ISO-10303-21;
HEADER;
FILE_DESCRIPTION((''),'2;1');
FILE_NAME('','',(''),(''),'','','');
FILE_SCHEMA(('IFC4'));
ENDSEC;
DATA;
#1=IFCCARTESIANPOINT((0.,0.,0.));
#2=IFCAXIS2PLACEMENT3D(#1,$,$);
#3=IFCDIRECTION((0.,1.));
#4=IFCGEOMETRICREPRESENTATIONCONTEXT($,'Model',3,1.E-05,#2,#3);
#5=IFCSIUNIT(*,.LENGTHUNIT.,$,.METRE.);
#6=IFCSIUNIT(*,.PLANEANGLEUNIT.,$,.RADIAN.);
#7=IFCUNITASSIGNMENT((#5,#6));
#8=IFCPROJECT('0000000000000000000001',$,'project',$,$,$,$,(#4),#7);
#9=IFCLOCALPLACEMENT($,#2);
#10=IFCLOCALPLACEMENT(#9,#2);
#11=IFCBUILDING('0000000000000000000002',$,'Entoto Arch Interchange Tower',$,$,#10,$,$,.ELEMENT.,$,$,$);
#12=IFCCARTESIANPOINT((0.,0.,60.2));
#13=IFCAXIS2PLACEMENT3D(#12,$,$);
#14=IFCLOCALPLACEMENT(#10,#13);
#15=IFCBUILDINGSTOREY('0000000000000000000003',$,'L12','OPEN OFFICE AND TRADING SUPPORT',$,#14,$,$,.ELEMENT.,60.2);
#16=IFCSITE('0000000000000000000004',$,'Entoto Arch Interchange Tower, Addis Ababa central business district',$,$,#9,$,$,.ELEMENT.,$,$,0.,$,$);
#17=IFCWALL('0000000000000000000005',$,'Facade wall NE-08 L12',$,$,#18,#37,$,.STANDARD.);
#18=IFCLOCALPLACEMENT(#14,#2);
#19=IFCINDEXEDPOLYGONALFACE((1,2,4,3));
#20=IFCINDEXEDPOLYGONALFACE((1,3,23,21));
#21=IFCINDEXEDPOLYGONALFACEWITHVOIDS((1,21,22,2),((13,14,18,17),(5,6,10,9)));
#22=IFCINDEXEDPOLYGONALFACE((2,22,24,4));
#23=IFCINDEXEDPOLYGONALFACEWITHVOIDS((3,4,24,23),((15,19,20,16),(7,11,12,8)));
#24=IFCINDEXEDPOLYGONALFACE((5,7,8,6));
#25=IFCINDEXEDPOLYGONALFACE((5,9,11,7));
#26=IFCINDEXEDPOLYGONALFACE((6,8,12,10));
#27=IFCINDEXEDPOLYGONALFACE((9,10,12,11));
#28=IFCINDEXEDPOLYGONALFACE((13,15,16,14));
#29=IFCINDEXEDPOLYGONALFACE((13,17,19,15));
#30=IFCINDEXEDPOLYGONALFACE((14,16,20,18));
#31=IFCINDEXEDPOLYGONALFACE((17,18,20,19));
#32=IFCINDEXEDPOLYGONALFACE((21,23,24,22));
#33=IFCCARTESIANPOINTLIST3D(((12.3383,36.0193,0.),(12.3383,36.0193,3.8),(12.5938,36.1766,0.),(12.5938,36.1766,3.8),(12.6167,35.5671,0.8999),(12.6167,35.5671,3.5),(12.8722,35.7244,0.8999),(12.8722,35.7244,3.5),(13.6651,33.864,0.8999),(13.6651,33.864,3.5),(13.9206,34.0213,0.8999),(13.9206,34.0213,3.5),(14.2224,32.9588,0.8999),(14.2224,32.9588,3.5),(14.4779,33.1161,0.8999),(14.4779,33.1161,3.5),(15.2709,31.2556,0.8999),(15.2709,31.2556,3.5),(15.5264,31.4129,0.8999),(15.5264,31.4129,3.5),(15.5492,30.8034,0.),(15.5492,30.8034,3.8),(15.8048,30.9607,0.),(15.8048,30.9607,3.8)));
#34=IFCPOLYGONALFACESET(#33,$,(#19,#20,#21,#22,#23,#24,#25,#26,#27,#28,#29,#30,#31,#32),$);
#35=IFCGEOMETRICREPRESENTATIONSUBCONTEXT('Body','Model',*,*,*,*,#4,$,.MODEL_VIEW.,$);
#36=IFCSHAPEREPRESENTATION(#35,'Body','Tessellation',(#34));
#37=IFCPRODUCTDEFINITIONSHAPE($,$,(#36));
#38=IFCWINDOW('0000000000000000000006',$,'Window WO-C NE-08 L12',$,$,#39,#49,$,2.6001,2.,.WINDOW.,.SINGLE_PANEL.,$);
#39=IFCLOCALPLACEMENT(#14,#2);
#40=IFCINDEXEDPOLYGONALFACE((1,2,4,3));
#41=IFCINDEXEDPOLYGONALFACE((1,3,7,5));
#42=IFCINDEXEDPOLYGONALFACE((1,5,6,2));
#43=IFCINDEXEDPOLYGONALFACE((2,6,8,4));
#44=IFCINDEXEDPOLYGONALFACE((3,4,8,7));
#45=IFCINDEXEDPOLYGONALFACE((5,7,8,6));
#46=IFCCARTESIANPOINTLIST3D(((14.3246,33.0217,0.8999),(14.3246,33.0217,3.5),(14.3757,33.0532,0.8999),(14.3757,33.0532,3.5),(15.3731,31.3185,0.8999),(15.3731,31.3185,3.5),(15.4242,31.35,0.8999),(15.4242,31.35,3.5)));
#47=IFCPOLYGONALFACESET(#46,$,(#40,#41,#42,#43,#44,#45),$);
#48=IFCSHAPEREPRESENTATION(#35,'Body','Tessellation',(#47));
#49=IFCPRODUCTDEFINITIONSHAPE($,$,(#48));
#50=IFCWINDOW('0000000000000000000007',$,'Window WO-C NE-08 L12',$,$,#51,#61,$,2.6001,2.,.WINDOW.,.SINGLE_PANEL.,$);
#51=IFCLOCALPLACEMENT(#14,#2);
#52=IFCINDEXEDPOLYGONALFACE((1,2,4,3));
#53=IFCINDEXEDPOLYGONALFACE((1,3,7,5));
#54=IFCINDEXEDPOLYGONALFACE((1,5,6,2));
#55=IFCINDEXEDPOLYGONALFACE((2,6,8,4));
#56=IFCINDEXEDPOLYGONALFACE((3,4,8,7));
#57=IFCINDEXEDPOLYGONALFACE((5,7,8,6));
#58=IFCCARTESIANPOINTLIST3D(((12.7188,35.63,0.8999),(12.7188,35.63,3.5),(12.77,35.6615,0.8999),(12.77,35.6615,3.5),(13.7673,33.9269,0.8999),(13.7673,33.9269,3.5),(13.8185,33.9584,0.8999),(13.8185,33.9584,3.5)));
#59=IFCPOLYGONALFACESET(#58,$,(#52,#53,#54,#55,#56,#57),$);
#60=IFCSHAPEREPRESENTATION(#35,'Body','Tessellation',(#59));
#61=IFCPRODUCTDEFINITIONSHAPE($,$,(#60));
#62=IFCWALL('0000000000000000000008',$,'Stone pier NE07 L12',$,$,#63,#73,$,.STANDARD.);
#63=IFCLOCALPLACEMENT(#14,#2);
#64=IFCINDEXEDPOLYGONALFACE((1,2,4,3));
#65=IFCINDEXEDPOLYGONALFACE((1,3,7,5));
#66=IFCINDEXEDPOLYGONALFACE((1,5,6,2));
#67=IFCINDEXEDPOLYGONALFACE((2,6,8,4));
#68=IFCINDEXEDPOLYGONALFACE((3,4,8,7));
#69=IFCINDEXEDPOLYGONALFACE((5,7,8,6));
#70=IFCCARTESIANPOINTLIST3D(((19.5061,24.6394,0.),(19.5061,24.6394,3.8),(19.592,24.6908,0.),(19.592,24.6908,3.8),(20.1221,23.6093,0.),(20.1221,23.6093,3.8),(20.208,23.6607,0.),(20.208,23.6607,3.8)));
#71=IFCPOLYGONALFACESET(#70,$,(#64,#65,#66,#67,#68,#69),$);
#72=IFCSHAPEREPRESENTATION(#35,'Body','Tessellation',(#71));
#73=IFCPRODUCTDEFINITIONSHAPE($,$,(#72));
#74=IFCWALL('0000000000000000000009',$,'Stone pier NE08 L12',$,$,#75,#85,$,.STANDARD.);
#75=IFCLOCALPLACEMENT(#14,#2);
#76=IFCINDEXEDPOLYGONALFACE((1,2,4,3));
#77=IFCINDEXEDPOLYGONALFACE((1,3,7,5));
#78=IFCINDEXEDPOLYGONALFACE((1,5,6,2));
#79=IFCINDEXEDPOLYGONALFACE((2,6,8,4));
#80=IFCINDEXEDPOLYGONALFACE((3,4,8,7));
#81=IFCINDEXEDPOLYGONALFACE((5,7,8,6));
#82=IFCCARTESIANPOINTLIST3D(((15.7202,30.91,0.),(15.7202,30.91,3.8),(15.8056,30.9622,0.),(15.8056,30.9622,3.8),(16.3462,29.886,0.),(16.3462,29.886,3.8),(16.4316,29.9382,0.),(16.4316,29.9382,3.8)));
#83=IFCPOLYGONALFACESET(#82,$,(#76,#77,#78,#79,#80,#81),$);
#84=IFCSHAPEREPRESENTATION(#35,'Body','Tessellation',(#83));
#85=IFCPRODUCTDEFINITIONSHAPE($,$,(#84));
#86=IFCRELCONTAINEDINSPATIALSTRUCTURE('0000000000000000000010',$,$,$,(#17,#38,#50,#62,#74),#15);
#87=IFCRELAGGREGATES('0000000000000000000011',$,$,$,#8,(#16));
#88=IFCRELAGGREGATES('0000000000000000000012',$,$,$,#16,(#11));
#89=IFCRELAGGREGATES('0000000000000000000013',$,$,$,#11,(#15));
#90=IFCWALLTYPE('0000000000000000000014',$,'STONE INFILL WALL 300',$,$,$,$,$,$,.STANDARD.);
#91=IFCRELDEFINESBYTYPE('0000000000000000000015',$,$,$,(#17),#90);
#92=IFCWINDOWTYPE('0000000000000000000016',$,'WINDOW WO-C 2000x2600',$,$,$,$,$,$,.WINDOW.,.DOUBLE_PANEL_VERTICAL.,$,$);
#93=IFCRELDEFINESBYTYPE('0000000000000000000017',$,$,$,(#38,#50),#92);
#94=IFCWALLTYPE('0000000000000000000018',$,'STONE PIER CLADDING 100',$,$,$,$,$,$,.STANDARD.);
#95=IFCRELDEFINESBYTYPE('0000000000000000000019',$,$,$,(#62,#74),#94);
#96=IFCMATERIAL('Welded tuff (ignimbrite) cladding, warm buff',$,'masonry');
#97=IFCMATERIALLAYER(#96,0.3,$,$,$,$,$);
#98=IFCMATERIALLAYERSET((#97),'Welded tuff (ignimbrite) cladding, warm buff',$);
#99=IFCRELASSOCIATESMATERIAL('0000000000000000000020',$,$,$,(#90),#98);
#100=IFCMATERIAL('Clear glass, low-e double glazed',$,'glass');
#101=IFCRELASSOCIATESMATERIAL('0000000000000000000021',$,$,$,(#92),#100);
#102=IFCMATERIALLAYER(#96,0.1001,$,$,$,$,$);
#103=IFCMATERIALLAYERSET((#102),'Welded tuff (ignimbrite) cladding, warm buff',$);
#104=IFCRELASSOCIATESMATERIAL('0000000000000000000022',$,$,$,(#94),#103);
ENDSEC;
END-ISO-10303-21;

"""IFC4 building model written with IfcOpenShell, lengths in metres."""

from ifc_helpers import new_model, si_unit, direction, frame, frame_2d, origin, place, context, subcontext, project, spatial, rectangle, extrude, material, layer, layer_set, type_object, element, fill, save


model = new_model("IFC4")

# Units and contexts
model_context = context("Model", 3, precision=1e-05, world=origin(), true_north=direction((0.0, 1.0)))
body_context = subcontext(model_context, "Body", "Model", "MODEL_VIEW")
ifc_project = project(units=[si_unit("LENGTHUNIT", "METRE"), si_unit("PLANEANGLEUNIT", "RADIAN")], contexts=[model_context])

# Site, building, storey
site_placement = place(None, origin())
site = spatial("IfcSite", under=ifc_project, at=site_placement, Name="Entoto Arch Interchange Tower, Addis Ababa central business district", CompositionType="ELEMENT", RefElevation=0.0)
building_placement = place(site_placement, origin())
building = spatial("IfcBuilding", under=site, at=building_placement, Name="Entoto Arch Interchange Tower", CompositionType="ELEMENT")
storey_placement = place(building_placement, frame((0.0, 0.0, 60.2)))
storey = spatial("IfcBuildingStorey", under=building, at=storey_placement, Name="L12", Description="OPEN OFFICE AND TRADING SUPPORT", CompositionType="ELEMENT", Elevation=60.2)

# Shared definitions
ifc_material_1 = material(Name="Welded tuff (ignimbrite) cladding, warm buff", Category="masonry")
ifc_layer_1 = layer(ifc_material_1, 0.3)
ifc_layer_set_1 = layer_set([ifc_layer_1], Name="Welded tuff (ignimbrite) cladding, warm buff")
wall_type_1 = type_object("IfcWallType", Name="STONE INFILL WALL 300", PredefinedType="STANDARD", material=ifc_layer_set_1)
ifc_material_2 = material(Name="Clear glass, low-e double glazed", Category="glass")
window_type = type_object("IfcWindowType", Name="WINDOW WO-C 2000x2600", PartitioningType="DOUBLE_PANEL_VERTICAL", PredefinedType="WINDOW", material=ifc_material_2)

# Wall, openings, windows
wall_1_placement = place(storey_placement, frame((15.677, 30.8821, 0.0), z_axis=(0.0, 0.0, 1.0), x_axis=(-0.52424, 0.851571, 0.0)))
wall_1 = element("IfcWall", 1, at=wall_1_placement, inside=storey, type_object=wall_type_1, Name="Facade wall NE-08 L12", PredefinedType="STANDARD", context=body_context, shape_type="SweptSolid", body=[
    extrude(rectangle(XDim=6.125, YDim=0.3, at=frame_2d((3.0625, 0.0))), origin(), (0.0, 0.0, 1.0), 3.8),
])
opening_1_placement = place(wall_1_placement, frame((0.531, 0.0, 0.8999)))
opening_1 = element("IfcOpeningElement", 2, at=opening_1_placement, cuts=wall_1, PredefinedType="OPENING", context=body_context, shape_type="SweptSolid", body=[
    extrude(rectangle(XDim=2.0, YDim=2.6001, at=frame_2d((1.0, 1.3))), frame((0.0, 0.1602, 0.0), z_axis=(0.0, -1.0, 0.0), x_axis=(1.0, 0.0, 0.0)), (0.0, 0.0, 1.0), 0.3201),
])
opening_2_placement = place(wall_1_placement, frame((3.594, 0.0, 0.8999)))
opening_2 = element("IfcOpeningElement", 3, at=opening_2_placement, cuts=wall_1, PredefinedType="OPENING", context=body_context, shape_type="SweptSolid", body=[
    extrude(rectangle(XDim=2.0, YDim=2.6001, at=frame_2d((1.0, 1.3))), frame((0.0, 0.1602, 0.0), z_axis=(0.0, -1.0, 0.0), x_axis=(1.0, 0.0, 0.0)), (0.0, 0.0, 1.0), 0.3201),
])
window_1_placement = place(opening_1_placement, origin())
window_1 = element("IfcWindow", 4, at=window_1_placement, inside=storey, type_object=window_type, Name="Window WO-C NE-08 L12", OverallHeight=2.6001, OverallWidth=2.0, PartitioningType="SINGLE_PANEL", PredefinedType="WINDOW", context=body_context, shape_type="SweptSolid", body=[
    extrude(rectangle(XDim=2.0, YDim=2.6001, at=frame_2d((1.0, 1.3))), frame((0.0, 0.03, 0.0), z_axis=(0.0, -1.0, 0.0), x_axis=(1.0, 0.0, 0.0)), (0.0, 0.0, 1.0), 0.0601),
])
fill(opening_1, window_1)
window_2_placement = place(opening_2_placement, origin())
window_2 = element("IfcWindow", 5, at=window_2_placement, inside=storey, type_object=window_type, Name="Window WO-C NE-08 L12", OverallHeight=2.6001, OverallWidth=2.0, PartitioningType="SINGLE_PANEL", PredefinedType="WINDOW", context=body_context, shape_type="SweptSolid", body=[
    extrude(rectangle(XDim=2.0, YDim=2.6001, at=frame_2d((1.0, 1.3))), frame((0.0, 0.03, 0.0), z_axis=(0.0, -1.0, 0.0), x_axis=(1.0, 0.0, 0.0)), (0.0, 0.0, 1.0), 0.0601),
])
fill(opening_2, window_2)

# Walls
ifc_layer_2 = layer(ifc_material_1, 0.1001)
ifc_layer_set_2 = layer_set([ifc_layer_2], Name="Welded tuff (ignimbrite) cladding, warm buff")
wall_type_2 = type_object("IfcWallType", Name="STONE PIER CLADDING 100", PredefinedType="STANDARD", material=ifc_layer_set_2)
for number, where, z_axis, x_axis, name in (
    (6, (20.165, 23.635, 0.0), (0.0, 0.0, 1.0), (-0.513239, 0.858246, 0.0), "Stone pier NE07 L12"),
    (7, (16.3889, 29.9121, 0.0), (0.0, 0.0, 1.0), (-0.521598, 0.853191, 0.0), "Stone pier NE08 L12"),
):
    element("IfcWall", number, at=place(storey_placement, frame(where, z_axis=z_axis, x_axis=x_axis)), inside=storey, type_object=wall_type_2, Name=name, PredefinedType="STANDARD", context=body_context, shape_type="SweptSolid", body=[
        extrude(rectangle(XDim=1.2002, YDim=0.1001, at=frame_2d((0.6001, 0.0))), origin(), (0.0, 0.0, 1.0), 3.8),
    ])

save(model, "model.ifc")
